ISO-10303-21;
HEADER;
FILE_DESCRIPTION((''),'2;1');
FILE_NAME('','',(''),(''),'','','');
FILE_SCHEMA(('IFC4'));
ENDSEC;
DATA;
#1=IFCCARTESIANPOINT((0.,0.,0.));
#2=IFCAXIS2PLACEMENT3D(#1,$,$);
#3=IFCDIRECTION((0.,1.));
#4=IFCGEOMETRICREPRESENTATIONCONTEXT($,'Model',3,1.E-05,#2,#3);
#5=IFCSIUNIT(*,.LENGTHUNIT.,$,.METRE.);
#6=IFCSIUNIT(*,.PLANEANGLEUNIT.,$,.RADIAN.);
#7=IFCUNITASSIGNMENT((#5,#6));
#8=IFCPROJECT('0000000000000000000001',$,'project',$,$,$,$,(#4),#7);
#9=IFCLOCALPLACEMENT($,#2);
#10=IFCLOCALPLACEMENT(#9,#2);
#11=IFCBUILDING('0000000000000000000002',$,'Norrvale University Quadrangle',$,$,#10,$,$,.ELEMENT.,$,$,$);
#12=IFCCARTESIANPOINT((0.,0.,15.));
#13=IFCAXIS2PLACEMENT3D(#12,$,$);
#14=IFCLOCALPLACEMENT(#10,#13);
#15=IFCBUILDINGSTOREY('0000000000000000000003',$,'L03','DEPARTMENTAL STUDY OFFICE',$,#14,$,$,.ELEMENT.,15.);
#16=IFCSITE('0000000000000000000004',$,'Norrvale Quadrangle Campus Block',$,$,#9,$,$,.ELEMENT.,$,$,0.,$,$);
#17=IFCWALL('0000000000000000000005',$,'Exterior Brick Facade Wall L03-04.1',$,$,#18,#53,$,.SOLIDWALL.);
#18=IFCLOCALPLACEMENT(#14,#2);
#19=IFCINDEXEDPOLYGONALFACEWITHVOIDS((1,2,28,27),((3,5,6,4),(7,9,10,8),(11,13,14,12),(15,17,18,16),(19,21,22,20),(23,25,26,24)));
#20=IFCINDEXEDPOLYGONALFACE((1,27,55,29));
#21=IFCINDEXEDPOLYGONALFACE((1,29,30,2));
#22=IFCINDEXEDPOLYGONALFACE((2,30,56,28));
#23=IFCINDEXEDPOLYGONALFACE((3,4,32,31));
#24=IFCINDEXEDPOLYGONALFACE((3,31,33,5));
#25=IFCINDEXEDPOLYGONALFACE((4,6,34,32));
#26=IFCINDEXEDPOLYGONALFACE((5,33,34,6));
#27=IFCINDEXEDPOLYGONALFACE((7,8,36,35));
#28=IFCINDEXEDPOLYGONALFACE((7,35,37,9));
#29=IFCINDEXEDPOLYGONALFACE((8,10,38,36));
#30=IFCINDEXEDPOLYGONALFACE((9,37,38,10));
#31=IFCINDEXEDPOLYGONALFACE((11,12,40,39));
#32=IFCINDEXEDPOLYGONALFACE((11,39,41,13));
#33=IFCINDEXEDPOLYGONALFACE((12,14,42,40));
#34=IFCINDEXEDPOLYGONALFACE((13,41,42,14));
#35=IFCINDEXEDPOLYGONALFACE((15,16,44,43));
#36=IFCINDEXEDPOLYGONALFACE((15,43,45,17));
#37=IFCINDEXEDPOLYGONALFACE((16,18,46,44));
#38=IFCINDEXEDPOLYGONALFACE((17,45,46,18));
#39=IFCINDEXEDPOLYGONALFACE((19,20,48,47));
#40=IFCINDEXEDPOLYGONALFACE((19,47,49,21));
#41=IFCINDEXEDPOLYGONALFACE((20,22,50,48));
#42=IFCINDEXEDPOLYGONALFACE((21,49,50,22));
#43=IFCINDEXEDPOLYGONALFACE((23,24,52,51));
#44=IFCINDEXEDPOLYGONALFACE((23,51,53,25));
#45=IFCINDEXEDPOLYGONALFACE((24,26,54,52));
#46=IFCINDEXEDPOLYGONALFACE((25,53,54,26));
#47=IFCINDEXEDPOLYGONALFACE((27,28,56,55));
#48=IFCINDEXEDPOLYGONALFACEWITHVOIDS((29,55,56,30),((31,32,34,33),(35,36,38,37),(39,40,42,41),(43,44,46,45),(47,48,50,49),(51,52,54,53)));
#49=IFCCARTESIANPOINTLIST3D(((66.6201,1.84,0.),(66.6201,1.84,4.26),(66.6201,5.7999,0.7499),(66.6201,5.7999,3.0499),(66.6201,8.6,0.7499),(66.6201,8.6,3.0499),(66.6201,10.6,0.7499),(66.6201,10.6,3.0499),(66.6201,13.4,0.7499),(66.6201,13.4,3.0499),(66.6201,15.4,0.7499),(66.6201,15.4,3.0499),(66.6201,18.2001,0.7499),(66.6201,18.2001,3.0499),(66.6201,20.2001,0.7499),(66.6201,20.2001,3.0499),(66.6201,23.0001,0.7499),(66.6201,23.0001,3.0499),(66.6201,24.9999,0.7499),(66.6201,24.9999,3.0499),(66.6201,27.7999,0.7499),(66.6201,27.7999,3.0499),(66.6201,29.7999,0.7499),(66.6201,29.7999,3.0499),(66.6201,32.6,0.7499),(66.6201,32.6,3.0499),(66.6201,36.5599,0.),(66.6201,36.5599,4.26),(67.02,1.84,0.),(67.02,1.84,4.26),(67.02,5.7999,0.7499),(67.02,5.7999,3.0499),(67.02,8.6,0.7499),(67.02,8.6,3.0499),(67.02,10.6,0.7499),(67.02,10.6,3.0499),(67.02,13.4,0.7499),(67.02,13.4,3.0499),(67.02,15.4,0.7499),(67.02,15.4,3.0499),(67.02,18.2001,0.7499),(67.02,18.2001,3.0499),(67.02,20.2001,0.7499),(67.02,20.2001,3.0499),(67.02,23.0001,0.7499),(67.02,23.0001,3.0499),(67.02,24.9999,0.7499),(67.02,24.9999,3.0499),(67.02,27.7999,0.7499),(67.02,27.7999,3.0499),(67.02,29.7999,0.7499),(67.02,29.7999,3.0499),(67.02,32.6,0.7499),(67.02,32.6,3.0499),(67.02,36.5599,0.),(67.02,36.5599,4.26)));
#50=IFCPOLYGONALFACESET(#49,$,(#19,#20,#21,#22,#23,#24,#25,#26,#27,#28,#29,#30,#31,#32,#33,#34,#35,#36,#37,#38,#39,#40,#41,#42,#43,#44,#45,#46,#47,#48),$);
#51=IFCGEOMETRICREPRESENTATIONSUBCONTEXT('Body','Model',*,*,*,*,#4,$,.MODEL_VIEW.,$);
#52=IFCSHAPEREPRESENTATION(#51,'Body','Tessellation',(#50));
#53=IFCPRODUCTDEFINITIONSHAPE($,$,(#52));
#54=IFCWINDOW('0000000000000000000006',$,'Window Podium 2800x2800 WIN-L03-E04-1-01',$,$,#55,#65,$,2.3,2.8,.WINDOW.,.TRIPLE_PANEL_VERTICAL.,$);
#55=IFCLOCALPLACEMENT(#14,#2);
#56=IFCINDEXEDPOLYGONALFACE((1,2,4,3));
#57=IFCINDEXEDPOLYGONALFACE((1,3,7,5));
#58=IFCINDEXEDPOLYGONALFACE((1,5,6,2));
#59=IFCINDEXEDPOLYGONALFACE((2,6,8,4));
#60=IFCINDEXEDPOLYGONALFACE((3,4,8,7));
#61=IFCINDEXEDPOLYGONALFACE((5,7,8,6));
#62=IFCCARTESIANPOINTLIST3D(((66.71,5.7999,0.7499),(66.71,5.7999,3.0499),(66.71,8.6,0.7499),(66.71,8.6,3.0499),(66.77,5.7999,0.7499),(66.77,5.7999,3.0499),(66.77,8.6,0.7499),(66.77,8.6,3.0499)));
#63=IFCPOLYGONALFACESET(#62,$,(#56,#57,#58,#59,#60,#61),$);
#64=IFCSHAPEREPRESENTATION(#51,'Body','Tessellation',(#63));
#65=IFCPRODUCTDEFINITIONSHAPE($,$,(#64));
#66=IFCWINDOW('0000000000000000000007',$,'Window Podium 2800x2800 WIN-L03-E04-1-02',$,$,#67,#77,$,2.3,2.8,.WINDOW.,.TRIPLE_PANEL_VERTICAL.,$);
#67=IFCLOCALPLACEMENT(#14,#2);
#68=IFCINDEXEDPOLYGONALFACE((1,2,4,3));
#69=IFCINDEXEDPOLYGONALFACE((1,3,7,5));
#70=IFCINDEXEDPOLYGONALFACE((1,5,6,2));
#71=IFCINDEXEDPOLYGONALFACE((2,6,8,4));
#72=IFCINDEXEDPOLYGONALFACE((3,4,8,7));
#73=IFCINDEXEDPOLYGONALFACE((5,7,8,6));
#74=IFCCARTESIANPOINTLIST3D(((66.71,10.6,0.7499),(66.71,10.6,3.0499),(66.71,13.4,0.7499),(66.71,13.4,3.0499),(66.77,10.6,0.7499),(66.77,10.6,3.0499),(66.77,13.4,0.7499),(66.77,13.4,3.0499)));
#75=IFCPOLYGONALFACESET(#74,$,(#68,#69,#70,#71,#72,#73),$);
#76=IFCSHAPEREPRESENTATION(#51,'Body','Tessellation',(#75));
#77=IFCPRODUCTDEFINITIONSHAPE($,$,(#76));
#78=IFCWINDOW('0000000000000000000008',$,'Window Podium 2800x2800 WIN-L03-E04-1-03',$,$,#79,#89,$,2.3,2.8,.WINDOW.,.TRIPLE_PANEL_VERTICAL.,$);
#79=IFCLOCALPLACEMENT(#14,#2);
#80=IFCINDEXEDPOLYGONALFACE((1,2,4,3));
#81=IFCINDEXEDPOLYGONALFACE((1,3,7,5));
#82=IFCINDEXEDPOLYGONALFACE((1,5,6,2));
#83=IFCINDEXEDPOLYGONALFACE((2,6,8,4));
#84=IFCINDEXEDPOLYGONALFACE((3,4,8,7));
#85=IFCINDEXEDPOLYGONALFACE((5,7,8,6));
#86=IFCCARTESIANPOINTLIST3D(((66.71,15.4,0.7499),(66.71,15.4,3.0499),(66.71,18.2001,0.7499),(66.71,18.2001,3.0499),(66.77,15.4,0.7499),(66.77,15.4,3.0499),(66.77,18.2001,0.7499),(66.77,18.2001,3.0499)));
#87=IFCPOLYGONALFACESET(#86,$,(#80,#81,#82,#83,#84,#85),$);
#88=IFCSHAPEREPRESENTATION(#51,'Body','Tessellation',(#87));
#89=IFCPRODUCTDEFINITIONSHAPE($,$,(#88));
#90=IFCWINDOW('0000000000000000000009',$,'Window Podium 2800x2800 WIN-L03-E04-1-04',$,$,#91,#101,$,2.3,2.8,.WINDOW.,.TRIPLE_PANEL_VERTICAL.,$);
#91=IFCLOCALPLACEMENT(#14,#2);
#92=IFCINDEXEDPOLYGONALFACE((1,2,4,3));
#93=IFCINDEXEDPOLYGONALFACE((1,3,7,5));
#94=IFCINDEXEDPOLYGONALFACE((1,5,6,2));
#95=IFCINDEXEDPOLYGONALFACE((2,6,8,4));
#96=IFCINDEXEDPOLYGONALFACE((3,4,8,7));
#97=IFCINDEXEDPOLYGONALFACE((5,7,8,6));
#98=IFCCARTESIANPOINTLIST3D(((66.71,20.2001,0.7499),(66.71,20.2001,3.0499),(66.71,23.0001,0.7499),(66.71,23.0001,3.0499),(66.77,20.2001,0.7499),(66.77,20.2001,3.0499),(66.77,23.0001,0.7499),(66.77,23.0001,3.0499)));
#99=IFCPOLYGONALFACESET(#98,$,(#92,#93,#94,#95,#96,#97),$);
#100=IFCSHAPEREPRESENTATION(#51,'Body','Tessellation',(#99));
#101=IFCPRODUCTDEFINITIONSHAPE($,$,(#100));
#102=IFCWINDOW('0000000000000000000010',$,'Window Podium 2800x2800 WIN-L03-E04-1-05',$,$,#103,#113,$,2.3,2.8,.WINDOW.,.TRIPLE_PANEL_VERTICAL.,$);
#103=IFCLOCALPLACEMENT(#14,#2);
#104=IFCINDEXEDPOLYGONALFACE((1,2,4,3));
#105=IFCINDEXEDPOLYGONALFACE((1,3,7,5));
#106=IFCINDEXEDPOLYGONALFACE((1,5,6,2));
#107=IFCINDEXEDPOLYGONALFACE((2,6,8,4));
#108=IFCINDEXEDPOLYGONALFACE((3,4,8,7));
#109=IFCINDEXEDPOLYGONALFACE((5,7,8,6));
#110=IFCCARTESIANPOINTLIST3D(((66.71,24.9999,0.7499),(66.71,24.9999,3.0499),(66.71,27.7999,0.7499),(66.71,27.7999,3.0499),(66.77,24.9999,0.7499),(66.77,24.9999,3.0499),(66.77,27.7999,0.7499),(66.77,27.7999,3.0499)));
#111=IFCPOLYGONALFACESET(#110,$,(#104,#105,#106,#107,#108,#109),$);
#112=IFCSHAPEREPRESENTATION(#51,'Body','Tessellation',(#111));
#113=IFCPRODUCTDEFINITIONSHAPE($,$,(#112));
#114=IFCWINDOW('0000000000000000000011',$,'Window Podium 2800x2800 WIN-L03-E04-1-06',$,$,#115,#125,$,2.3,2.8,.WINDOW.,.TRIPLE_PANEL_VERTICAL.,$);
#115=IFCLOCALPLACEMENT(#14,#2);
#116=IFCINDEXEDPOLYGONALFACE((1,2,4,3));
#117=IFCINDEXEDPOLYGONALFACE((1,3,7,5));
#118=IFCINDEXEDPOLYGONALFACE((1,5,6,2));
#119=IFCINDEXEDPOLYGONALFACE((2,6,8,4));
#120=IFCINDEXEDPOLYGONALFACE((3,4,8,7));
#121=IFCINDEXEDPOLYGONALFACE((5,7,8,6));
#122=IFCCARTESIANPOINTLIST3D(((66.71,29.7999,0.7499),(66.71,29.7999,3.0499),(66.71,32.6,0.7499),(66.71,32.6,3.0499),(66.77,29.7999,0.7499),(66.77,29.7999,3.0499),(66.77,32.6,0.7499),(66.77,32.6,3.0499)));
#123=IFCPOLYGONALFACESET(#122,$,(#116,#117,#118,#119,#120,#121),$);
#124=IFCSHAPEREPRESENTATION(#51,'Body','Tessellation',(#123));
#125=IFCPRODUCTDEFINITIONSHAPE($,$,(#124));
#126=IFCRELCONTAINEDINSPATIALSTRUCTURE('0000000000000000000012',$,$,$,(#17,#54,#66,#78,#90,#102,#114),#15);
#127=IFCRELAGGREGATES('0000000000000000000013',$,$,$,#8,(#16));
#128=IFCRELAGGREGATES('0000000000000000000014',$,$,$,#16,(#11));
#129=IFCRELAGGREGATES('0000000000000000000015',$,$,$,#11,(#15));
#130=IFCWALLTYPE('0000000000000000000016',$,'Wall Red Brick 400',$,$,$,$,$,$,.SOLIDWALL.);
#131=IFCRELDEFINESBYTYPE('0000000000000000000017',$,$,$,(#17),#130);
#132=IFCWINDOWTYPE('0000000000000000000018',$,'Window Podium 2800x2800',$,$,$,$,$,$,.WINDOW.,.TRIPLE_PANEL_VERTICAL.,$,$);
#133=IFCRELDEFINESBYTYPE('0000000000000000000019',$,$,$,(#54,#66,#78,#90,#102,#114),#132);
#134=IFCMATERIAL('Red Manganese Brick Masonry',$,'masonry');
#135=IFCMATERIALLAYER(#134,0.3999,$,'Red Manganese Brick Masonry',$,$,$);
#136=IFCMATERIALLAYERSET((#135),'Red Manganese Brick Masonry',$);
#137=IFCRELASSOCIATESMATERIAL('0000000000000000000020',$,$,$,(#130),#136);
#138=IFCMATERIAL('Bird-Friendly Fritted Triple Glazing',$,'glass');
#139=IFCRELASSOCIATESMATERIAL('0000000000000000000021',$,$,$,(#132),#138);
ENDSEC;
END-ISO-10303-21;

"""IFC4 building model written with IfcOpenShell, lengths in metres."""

from ifc_helpers import new_model, si_unit, direction, frame, frame_2d, origin, place, context, subcontext, project, spatial, rectangle, extrude, material, layer, layer_set, type_object, element, fill, save


model = new_model("IFC4")

# Units and contexts
model_context = context("Model", 3, precision=1e-05, world=origin(), true_north=direction((0.0, 1.0)))
body_context = subcontext(model_context, "Body", "Model", "MODEL_VIEW")
ifc_project = project(units=[si_unit("LENGTHUNIT", "METRE"), si_unit("PLANEANGLEUNIT", "RADIAN")], contexts=[model_context])

# Site, building, storey
site_placement = place(None, origin())
site = spatial("IfcSite", under=ifc_project, at=site_placement, Name="Norrvale Quadrangle Campus Block", CompositionType="ELEMENT", RefElevation=0.0)
building_placement = place(site_placement, origin())
building = spatial("IfcBuilding", under=site, at=building_placement, Name="Norrvale University Quadrangle", CompositionType="ELEMENT")
storey_placement = place(building_placement, frame((0.0, 0.0, 15.0)))
storey = spatial("IfcBuildingStorey", under=building, at=storey_placement, Name="L03", Description="DEPARTMENTAL STUDY OFFICE", CompositionType="ELEMENT", Elevation=15.0)

# Shared definitions
ifc_material_1 = material(Name="Red Manganese Brick Masonry", Category="masonry")
ifc_layer_1 = layer(ifc_material_1, 0.3999, Name="Red Manganese Brick Masonry")
ifc_layer_set_1 = layer_set([ifc_layer_1], Name="Red Manganese Brick Masonry")
wall_type_1 = type_object("IfcWallType", Name="Wall Red Brick 400", PredefinedType="SOLIDWALL", material=ifc_layer_set_1)

# Wall, openings, windows
wall_1_placement = place(storey_placement, frame((66.8201, 1.8401, 0.0), z_axis=(0.0, 0.0, 1.0), x_axis=(0.0, 1.0, 0.0)))
wall_1 = element("IfcWall", 1, at=wall_1_placement, inside=storey, type_object=wall_type_1, Name="Exterior Brick Facade Wall L03-04.1", PredefinedType="SOLIDWALL", context=body_context, shape_type="SweptSolid", body=[
    extrude(rectangle(XDim=34.72, YDim=0.3999, at=frame_2d((17.3599, 0.0))), origin(), (0.0, 0.0, 1.0), 4.26),
])
opening_1_placement = place(wall_1_placement, frame((3.96, 0.0, 0.75)))
opening_1 = element("IfcOpeningElement", 2, at=opening_1_placement, cuts=wall_1, PredefinedType="OPENING", context=body_context, shape_type="SweptSolid", body=[
    extrude(rectangle(XDim=2.8, YDim=2.3, at=frame_2d((1.3999, 1.1499))), frame((0.0, 0.2119, 0.0), z_axis=(0.0, -1.0, 0.0), x_axis=(1.0, 0.0, 0.0)), (0.0, 0.0, 1.0), 0.4238),
])
opening_2_placement = place(wall_1_placement, frame((8.76, 0.0, 0.75)))
opening_2 = element("IfcOpeningElement", 3, at=opening_2_placement, cuts=wall_1, PredefinedType="OPENING", context=body_context, shape_type="SweptSolid", body=[
    extrude(rectangle(XDim=2.8, YDim=2.3, at=frame_2d((1.3999, 1.1499))), frame((0.0, 0.2119, 0.0), z_axis=(0.0, -1.0, 0.0), x_axis=(1.0, 0.0, 0.0)), (0.0, 0.0, 1.0), 0.4238),
])
opening_3_placement = place(wall_1_placement, frame((13.5601, 0.0, 0.75)))
opening_3 = element("IfcOpeningElement", 4, at=opening_3_placement, cuts=wall_1, PredefinedType="OPENING", context=body_context, shape_type="SweptSolid", body=[
    extrude(rectangle(XDim=2.8, YDim=2.3, at=frame_2d((1.3999, 1.1499))), frame((0.0, 0.2119, 0.0), z_axis=(0.0, -1.0, 0.0), x_axis=(1.0, 0.0, 0.0)), (0.0, 0.0, 1.0), 0.4238),
])
opening_4_placement = place(wall_1_placement, frame((18.3601, 0.0, 0.75)))
opening_4 = element("IfcOpeningElement", 5, at=opening_4_placement, cuts=wall_1, PredefinedType="OPENING", context=body_context, shape_type="SweptSolid", body=[
    extrude(rectangle(XDim=2.8, YDim=2.3, at=frame_2d((1.3999, 1.1499))), frame((0.0, 0.2119, 0.0), z_axis=(0.0, -1.0, 0.0), x_axis=(1.0, 0.0, 0.0)), (0.0, 0.0, 1.0), 0.4238),
])
opening_5_placement = place(wall_1_placement, frame((23.1599, 0.0, 0.75)))
opening_5 = element("IfcOpeningElement", 6, at=opening_5_placement, cuts=wall_1, PredefinedType="OPENING", context=body_context, shape_type="SweptSolid", body=[
    extrude(rectangle(XDim=2.8, YDim=2.3, at=frame_2d((1.3999, 1.1499))), frame((0.0, 0.2119, 0.0), z_axis=(0.0, -1.0, 0.0), x_axis=(1.0, 0.0, 0.0)), (0.0, 0.0, 1.0), 0.4238),
])
opening_6_placement = place(wall_1_placement, frame((27.96, 0.0, 0.75)))
opening_6 = element("IfcOpeningElement", 7, at=opening_6_placement, cuts=wall_1, PredefinedType="OPENING", context=body_context, shape_type="SweptSolid", body=[
    extrude(rectangle(XDim=2.8, YDim=2.3, at=frame_2d((1.3999, 1.1499))), frame((0.0, 0.2119, 0.0), z_axis=(0.0, -1.0, 0.0), x_axis=(1.0, 0.0, 0.0)), (0.0, 0.0, 1.0), 0.4238),
])
ifc_material_2 = material(Name="Bird-Friendly Fritted Triple Glazing", Category="glass")
window_type_1 = type_object("IfcWindowType", Name="Window Podium 2800x2800", PartitioningType="TRIPLE_PANEL_VERTICAL", PredefinedType="WINDOW", material=ifc_material_2)
window_1_placement = place(opening_1_placement, origin())
window_1 = element("IfcWindow", 8, at=window_1_placement, inside=storey, type_object=window_type_1, Name="Window Podium 2800x2800 WIN-L03-E04-1-01", OverallHeight=2.3, OverallWidth=2.8, PartitioningType="TRIPLE_PANEL_VERTICAL", PredefinedType="WINDOW", context=body_context, shape_type="SweptSolid", body=[
    extrude(rectangle(XDim=2.8, YDim=2.3, at=frame_2d((1.3999, 1.1499))), frame((0.0, 0.1101, 0.0), z_axis=(0.0, -1.0, 0.0), x_axis=(1.0, 0.0, 0.0)), (0.0, 0.0, 1.0), 0.0601),
])
fill(opening_1, window_1)
window_2_placement = place(opening_2_placement, origin())
window_2 = element("IfcWindow", 9, at=window_2_placement, inside=storey, type_object=window_type_1, Name="Window Podium 2800x2800 WIN-L03-E04-1-02", OverallHeight=2.3, OverallWidth=2.8, PartitioningType="TRIPLE_PANEL_VERTICAL", PredefinedType="WINDOW", context=body_context, shape_type="SweptSolid", body=[
    extrude(rectangle(XDim=2.8, YDim=2.3, at=frame_2d((1.3999, 1.1499))), frame((0.0, 0.1101, 0.0), z_axis=(0.0, -1.0, 0.0), x_axis=(1.0, 0.0, 0.0)), (0.0, 0.0, 1.0), 0.0601),
])
fill(opening_2, window_2)
window_3_placement = place(opening_3_placement, origin())
window_3 = element("IfcWindow", 10, at=window_3_placement, inside=storey, type_object=window_type_1, Name="Window Podium 2800x2800 WIN-L03-E04-1-03", OverallHeight=2.3, OverallWidth=2.8, PartitioningType="TRIPLE_PANEL_VERTICAL", PredefinedType="WINDOW", context=body_context, shape_type="SweptSolid", body=[
    extrude(rectangle(XDim=2.8, YDim=2.3, at=frame_2d((1.3999, 1.1499))), frame((0.0, 0.1101, 0.0), z_axis=(0.0, -1.0, 0.0), x_axis=(1.0, 0.0, 0.0)), (0.0, 0.0, 1.0), 0.0601),
])
fill(opening_3, window_3)
window_4_placement = place(opening_4_placement, origin())
window_4 = element("IfcWindow", 11, at=window_4_placement, inside=storey, type_object=window_type_1, Name="Window Podium 2800x2800 WIN-L03-E04-1-04", OverallHeight=2.3, OverallWidth=2.8, PartitioningType="TRIPLE_PANEL_VERTICAL", PredefinedType="WINDOW", context=body_context, shape_type="SweptSolid", body=[
    extrude(rectangle(XDim=2.8, YDim=2.3, at=frame_2d((1.3999, 1.1499))), frame((0.0, 0.1101, 0.0), z_axis=(0.0, -1.0, 0.0), x_axis=(1.0, 0.0, 0.0)), (0.0, 0.0, 1.0), 0.0601),
])
fill(opening_4, window_4)
window_5_placement = place(opening_5_placement, origin())
window_5 = element("IfcWindow", 12, at=window_5_placement, inside=storey, type_object=window_type_1, Name="Window Podium 2800x2800 WIN-L03-E04-1-05", OverallHeight=2.3, OverallWidth=2.8, PartitioningType="TRIPLE_PANEL_VERTICAL", PredefinedType="WINDOW", context=body_context, shape_type="SweptSolid", body=[
    extrude(rectangle(XDim=2.8, YDim=2.3, at=frame_2d((1.3999, 1.1499))), frame((0.0, 0.1101, 0.0), z_axis=(0.0, -1.0, 0.0), x_axis=(1.0, 0.0, 0.0)), (0.0, 0.0, 1.0), 0.0601),
])
fill(opening_5, window_5)
window_6_placement = place(opening_6_placement, origin())
window_6 = element("IfcWindow", 13, at=window_6_placement, inside=storey, type_object=window_type_1, Name="Window Podium 2800x2800 WIN-L03-E04-1-06", OverallHeight=2.3, OverallWidth=2.8, PartitioningType="TRIPLE_PANEL_VERTICAL", PredefinedType="WINDOW", context=body_context, shape_type="SweptSolid", body=[
    extrude(rectangle(XDim=2.8, YDim=2.3, at=frame_2d((1.3999, 1.1499))), frame((0.0, 0.1101, 0.0), z_axis=(0.0, -1.0, 0.0), x_axis=(1.0, 0.0, 0.0)), (0.0, 0.0, 1.0), 0.0601),
])
fill(opening_6, window_6)

save(model, "model.ifc")
